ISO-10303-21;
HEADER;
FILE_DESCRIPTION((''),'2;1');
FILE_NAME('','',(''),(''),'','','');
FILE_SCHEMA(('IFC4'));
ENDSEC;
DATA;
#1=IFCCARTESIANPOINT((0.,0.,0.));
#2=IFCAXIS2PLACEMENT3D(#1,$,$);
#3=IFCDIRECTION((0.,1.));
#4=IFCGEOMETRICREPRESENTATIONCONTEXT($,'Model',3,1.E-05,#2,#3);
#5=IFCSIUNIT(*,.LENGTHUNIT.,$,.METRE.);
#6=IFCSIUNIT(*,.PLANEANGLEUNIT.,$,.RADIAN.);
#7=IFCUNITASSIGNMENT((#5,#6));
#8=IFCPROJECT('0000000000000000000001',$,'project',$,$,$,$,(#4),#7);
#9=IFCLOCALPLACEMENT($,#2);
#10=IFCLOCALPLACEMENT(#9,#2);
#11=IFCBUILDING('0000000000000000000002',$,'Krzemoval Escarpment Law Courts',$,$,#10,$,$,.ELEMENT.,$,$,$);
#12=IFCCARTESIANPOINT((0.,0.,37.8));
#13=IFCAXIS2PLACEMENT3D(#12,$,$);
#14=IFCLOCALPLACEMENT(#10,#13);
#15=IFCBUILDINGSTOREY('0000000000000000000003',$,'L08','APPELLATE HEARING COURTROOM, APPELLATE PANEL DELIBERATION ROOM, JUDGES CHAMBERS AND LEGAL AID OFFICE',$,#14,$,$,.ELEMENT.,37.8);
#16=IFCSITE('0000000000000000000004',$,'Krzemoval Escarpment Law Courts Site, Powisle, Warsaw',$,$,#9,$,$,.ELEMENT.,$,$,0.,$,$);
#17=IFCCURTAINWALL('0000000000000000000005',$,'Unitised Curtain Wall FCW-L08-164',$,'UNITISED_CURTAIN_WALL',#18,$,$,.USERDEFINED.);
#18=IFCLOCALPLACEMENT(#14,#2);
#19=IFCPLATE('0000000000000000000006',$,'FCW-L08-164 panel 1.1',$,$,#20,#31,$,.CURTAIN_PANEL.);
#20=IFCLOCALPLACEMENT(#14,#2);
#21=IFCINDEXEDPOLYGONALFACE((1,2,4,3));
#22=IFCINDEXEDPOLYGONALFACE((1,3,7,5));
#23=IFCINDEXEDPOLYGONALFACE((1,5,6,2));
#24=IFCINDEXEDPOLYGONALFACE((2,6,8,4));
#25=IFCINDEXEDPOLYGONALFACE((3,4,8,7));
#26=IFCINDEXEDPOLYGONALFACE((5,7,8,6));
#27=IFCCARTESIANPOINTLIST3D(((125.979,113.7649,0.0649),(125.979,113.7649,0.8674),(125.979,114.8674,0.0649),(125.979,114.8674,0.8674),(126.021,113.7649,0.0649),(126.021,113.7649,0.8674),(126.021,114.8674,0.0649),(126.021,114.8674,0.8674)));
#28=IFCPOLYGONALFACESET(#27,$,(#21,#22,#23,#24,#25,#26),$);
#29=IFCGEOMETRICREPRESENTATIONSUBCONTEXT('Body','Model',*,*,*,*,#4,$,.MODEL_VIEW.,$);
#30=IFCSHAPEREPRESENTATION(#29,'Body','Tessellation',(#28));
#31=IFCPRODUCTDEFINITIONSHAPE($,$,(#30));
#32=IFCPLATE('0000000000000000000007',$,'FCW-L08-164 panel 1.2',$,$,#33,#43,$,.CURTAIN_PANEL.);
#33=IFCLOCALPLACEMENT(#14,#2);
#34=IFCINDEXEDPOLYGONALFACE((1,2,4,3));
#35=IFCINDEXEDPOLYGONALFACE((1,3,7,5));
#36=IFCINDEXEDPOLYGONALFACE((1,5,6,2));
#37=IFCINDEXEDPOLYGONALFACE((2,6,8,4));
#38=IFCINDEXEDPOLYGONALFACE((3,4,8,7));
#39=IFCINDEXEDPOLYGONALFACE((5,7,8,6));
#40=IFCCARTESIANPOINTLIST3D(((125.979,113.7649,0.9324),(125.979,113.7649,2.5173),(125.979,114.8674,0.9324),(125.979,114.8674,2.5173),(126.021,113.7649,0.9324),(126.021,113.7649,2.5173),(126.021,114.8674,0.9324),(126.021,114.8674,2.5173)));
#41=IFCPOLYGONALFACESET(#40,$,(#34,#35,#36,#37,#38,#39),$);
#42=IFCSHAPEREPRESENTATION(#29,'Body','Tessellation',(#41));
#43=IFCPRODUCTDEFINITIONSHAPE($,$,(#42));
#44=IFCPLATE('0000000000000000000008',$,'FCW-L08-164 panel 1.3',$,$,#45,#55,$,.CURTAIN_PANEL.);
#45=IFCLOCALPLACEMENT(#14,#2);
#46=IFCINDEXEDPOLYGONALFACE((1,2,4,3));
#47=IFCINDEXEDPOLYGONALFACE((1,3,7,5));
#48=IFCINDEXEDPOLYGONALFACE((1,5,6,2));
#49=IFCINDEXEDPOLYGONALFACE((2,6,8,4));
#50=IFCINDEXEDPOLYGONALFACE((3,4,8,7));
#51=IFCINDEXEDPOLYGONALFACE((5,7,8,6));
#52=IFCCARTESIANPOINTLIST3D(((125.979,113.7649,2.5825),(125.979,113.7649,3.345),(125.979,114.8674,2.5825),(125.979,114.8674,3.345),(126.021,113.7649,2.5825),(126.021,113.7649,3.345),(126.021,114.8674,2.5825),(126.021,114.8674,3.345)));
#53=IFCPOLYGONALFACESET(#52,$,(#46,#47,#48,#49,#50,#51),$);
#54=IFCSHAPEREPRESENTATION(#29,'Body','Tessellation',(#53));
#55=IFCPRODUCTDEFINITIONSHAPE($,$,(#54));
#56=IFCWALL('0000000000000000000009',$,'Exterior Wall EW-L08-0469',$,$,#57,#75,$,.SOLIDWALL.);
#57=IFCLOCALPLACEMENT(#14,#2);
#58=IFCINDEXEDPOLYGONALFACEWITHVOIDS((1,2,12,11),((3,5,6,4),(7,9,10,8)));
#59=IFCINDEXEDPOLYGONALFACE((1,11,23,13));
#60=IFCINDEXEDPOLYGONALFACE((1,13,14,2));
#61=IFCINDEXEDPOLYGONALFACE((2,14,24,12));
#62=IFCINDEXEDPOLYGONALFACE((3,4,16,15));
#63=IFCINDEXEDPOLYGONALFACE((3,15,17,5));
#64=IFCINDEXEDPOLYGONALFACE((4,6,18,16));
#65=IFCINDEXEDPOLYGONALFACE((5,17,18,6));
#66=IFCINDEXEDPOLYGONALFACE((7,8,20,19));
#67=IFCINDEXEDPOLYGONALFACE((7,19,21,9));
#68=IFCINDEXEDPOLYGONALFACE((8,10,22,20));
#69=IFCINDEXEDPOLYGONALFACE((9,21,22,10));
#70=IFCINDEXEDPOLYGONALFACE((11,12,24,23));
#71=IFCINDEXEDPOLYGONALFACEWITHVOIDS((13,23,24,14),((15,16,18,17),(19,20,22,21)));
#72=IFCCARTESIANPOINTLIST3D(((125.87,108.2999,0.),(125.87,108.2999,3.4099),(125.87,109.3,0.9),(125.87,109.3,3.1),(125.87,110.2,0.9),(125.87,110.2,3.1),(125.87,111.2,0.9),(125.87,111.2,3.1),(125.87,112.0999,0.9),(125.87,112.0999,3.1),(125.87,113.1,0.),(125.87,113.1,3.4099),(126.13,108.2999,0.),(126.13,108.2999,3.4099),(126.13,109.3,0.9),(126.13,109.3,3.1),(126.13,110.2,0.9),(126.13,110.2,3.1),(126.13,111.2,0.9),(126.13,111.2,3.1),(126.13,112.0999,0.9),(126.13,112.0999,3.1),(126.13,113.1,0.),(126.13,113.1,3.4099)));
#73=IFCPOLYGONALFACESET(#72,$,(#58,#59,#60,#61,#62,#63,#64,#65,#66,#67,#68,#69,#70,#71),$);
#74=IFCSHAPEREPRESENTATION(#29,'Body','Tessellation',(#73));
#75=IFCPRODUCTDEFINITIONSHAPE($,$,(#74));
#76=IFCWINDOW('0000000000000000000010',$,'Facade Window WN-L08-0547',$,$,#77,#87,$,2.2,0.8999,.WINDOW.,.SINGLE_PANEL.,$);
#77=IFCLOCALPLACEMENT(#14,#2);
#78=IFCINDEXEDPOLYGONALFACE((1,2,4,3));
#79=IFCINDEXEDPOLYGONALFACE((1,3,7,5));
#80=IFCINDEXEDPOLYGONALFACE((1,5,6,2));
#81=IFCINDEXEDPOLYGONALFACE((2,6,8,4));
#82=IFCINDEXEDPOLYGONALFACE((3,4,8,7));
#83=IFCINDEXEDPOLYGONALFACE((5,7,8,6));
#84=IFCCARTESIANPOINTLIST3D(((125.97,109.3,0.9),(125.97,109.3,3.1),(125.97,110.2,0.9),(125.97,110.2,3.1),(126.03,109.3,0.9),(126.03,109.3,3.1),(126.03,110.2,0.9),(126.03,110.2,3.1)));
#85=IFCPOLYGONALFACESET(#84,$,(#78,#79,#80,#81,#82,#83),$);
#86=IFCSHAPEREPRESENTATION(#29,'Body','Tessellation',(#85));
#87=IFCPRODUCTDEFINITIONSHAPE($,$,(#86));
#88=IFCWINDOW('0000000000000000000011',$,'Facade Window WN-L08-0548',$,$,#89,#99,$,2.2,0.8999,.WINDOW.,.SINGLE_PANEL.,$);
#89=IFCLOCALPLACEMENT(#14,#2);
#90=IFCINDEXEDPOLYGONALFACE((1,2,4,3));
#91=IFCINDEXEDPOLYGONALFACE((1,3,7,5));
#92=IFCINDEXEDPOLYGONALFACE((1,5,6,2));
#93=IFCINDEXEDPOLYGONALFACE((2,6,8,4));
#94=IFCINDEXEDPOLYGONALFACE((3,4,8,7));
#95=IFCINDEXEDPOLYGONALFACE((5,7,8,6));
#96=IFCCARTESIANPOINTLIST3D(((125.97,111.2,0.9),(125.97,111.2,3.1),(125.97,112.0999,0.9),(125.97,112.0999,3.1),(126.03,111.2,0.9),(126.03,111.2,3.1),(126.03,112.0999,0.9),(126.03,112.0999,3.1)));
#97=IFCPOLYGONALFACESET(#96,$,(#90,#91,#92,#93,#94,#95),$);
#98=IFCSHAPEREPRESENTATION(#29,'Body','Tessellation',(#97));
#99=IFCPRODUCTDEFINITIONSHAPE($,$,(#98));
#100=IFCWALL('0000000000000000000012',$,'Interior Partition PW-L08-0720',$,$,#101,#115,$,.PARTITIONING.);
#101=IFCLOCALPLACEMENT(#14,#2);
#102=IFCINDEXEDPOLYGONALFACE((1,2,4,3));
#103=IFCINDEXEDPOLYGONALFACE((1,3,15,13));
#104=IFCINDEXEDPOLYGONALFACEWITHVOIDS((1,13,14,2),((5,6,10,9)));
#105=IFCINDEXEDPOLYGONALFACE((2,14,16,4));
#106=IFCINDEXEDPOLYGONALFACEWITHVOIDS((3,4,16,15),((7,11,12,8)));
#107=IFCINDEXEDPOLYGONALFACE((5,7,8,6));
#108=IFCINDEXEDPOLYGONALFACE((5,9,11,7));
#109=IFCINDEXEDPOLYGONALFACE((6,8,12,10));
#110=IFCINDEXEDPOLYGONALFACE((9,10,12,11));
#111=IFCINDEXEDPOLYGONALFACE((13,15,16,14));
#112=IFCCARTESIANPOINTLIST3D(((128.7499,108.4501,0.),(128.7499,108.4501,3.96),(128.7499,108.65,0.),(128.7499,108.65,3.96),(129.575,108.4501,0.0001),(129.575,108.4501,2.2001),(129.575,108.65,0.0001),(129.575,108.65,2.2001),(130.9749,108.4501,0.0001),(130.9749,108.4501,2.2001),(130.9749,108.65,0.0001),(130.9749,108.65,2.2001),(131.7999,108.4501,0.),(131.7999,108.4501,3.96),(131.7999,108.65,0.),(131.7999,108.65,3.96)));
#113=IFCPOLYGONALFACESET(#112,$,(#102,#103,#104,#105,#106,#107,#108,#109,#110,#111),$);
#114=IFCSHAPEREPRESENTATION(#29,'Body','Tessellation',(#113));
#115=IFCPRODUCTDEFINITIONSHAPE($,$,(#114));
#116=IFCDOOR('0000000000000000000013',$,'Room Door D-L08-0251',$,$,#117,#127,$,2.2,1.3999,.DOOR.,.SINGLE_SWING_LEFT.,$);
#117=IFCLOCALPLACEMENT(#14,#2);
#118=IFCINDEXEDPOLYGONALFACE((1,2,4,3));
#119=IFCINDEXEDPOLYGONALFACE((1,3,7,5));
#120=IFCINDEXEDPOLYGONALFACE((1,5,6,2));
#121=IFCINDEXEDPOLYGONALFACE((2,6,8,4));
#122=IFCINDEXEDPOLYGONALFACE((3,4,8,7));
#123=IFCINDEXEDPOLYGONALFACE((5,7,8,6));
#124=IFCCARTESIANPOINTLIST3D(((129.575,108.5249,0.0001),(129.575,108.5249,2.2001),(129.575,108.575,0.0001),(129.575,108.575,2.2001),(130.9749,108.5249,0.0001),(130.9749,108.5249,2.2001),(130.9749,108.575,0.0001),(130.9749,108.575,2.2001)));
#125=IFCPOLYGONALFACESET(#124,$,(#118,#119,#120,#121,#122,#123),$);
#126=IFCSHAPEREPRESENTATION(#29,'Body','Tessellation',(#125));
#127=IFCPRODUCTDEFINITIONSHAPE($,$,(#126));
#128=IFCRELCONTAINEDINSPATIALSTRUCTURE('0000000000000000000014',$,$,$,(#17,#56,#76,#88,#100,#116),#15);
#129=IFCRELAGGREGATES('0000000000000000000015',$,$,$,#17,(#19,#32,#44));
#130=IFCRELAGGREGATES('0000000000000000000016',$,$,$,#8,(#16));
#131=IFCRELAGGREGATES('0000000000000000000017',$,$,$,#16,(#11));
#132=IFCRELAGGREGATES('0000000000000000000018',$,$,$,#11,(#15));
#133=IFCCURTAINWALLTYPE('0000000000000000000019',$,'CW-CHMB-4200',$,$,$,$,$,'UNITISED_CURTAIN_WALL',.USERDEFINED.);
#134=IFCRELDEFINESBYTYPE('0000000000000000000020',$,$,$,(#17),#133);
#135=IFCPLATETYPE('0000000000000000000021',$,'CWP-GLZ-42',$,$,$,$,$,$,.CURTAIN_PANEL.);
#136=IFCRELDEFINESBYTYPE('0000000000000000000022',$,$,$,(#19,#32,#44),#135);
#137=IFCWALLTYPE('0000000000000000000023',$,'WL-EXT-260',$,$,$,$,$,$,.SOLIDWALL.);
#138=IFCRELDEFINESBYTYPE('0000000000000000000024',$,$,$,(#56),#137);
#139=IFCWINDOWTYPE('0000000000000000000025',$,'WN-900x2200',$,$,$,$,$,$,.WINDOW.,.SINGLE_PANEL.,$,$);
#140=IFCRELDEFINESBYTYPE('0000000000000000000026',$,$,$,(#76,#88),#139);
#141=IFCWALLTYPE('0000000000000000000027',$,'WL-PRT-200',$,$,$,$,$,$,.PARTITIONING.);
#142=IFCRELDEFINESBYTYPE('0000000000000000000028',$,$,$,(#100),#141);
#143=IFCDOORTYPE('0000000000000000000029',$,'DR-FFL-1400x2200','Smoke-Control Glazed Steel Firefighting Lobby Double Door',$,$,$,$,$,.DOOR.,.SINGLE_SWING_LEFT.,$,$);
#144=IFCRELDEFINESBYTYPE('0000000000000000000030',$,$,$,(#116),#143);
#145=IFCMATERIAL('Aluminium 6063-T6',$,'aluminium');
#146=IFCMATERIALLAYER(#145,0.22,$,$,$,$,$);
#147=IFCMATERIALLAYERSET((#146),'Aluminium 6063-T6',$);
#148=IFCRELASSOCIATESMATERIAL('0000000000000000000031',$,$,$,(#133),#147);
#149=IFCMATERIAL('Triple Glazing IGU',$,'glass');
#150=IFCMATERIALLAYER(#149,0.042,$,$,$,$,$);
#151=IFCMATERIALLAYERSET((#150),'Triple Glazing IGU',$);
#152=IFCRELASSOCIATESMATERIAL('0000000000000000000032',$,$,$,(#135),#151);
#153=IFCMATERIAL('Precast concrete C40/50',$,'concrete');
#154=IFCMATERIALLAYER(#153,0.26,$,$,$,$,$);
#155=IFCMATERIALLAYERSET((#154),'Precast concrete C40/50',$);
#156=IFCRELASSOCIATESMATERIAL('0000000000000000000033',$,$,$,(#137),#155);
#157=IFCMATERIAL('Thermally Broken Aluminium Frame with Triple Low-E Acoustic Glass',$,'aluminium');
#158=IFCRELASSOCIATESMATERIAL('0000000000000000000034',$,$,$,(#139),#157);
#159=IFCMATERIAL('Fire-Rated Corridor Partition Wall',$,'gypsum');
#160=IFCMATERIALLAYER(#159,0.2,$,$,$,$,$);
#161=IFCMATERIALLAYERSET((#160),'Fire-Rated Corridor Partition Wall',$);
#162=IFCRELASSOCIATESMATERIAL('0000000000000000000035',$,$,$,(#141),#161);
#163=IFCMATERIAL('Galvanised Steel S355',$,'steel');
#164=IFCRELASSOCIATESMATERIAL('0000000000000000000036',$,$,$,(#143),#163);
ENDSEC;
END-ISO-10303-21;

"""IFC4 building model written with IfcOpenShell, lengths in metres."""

from ifc_helpers import new_model, si_unit, direction, frame, frame_2d, origin, origin_2d, place, context, subcontext, project, spatial, rectangle, extrude, material, layer, layer_set, type_object, element, fill, aggregate, save


model = new_model("IFC4")

# Units and contexts
model_context = context("Model", 3, precision=1e-05, world=origin(), true_north=direction((0.0, 1.0)))
body_context = subcontext(model_context, "Body", "Model", "MODEL_VIEW")
ifc_project = project(units=[si_unit("LENGTHUNIT", "METRE"), si_unit("PLANEANGLEUNIT", "RADIAN")], contexts=[model_context])

# Site, building, storey
site_placement = place(None, origin())
site = spatial("IfcSite", under=ifc_project, at=site_placement, Name="Krzemoval Escarpment Law Courts Site, Powisle, Warsaw", CompositionType="ELEMENT", RefElevation=0.0)
building_placement = place(site_placement, origin())
building = spatial("IfcBuilding", under=site, at=building_placement, Name="Krzemoval Escarpment Law Courts", CompositionType="ELEMENT")
storey_placement = place(building_placement, frame((0.0, 0.0, 37.8)))
storey = spatial("IfcBuildingStorey", under=building, at=storey_placement, Name="L08", Description="APPELLATE HEARING COURTROOM, APPELLATE PANEL DELIBERATION ROOM, JUDGES CHAMBERS AND LEGAL AID OFFICE", CompositionType="ELEMENT", Elevation=37.8)

# Curtain wall
ifc_material_1 = material(Name="Aluminium 6063-T6", Category="aluminium")
ifc_layer_1 = layer(ifc_material_1, 0.22)
ifc_layer_set_1 = layer_set([ifc_layer_1], Name="Aluminium 6063-T6")
curtain_wall_type = type_object("IfcCurtainWallType", Name="CW-CHMB-4200", ElementType="UNITISED_CURTAIN_WALL", PredefinedType="USERDEFINED", material=ifc_layer_set_1)
curtain_wall_1_placement = place(storey_placement, origin())
curtain_wall_1 = element("IfcCurtainWall", 1, at=curtain_wall_1_placement, inside=storey, type_object=curtain_wall_type, Name="Unitised Curtain Wall FCW-L08-164", ObjectType="UNITISED_CURTAIN_WALL", PredefinedType="USERDEFINED")

# Shared definitions
ifc_material_2 = material(Name="Triple Glazing IGU", Category="glass")
ifc_layer_2 = layer(ifc_material_2, 0.042)
ifc_layer_set_2 = layer_set([ifc_layer_2], Name="Triple Glazing IGU")
plate_type = type_object("IfcPlateType", Name="CWP-GLZ-42", PredefinedType="CURTAIN_PANEL", material=ifc_layer_set_2)

# Plates
plate_1_placement = place(storey_placement, frame((126.0, 114.3162, 0.0649), z_axis=(0.0, 0.0, 1.0), x_axis=(0.0, 1.0, 0.0)))
plate_1 = element("IfcPlate", 2, at=plate_1_placement, type_object=plate_type, Name="FCW-L08-164 panel 1.1", PredefinedType="CURTAIN_PANEL", context=body_context, shape_type="SweptSolid", body=[
    extrude(rectangle(XDim=1.1025, YDim=0.042, at=origin_2d()), origin(), (0.0, 0.0, 1.0), 0.8025),
])
plate_2_placement = place(storey_placement, frame((126.0, 114.3162, 0.9324), z_axis=(0.0, 0.0, 1.0), x_axis=(0.0, 1.0, 0.0)))
plate_2 = element("IfcPlate", 3, at=plate_2_placement, type_object=plate_type, Name="FCW-L08-164 panel 1.2", PredefinedType="CURTAIN_PANEL", context=body_context, shape_type="SweptSolid", body=[
    extrude(rectangle(XDim=1.1025, YDim=0.042, at=origin_2d()), origin(), (0.0, 0.0, 1.0), 1.585),
])
plate_3_placement = place(storey_placement, frame((126.0, 114.3162, 2.5825), z_axis=(0.0, 0.0, 1.0), x_axis=(0.0, 1.0, 0.0)))
plate_3 = element("IfcPlate", 4, at=plate_3_placement, type_object=plate_type, Name="FCW-L08-164 panel 1.3", PredefinedType="CURTAIN_PANEL", context=body_context, shape_type="SweptSolid", body=[
    extrude(rectangle(XDim=1.1025, YDim=0.042, at=origin_2d()), origin(), (0.0, 0.0, 1.0), 0.7625),
])
aggregate(curtain_wall_1, [plate_1, plate_2, plate_3])

# Wall, openings, windows
ifc_material_3 = material(Name="Precast concrete C40/50", Category="concrete")
ifc_layer_3 = layer(ifc_material_3, 0.26)
ifc_layer_set_3 = layer_set([ifc_layer_3], Name="Precast concrete C40/50")
wall_type_1 = type_object("IfcWallType", Name="WL-EXT-260", PredefinedType="SOLIDWALL", material=ifc_layer_set_3)
wall_1_placement = place(storey_placement, frame((126.0, 108.3, 0.0), z_axis=(0.0, 0.0, 1.0), x_axis=(0.0, 1.0, 0.0)))
wall_1 = element("IfcWall", 5, at=wall_1_placement, inside=storey, type_object=wall_type_1, Name="Exterior Wall EW-L08-0469", PredefinedType="SOLIDWALL", context=body_context, shape_type="SweptSolid", body=[
    extrude(rectangle(XDim=4.8, YDim=0.26, at=frame_2d((2.3999, 0.0))), origin(), (0.0, 0.0, 1.0), 3.4099),
])
opening_1_placement = place(wall_1_placement, frame((1.0, 0.0, 0.8999)))
opening_1 = element("IfcOpeningElement", 6, at=opening_1_placement, cuts=wall_1, PredefinedType="OPENING", context=body_context, shape_type="SweptSolid", body=[
    extrude(rectangle(XDim=0.8999, YDim=2.2, at=frame_2d((0.45, 1.1001))), frame((0.0, 0.145, 0.0), z_axis=(0.0, -1.0, 0.0), x_axis=(1.0, 0.0, 0.0)), (0.0, 0.0, 1.0), 0.29),
])
opening_2_placement = place(wall_1_placement, frame((2.8999, 0.0, 0.8999)))
opening_2 = element("IfcOpeningElement", 7, at=opening_2_placement, cuts=wall_1, PredefinedType="OPENING", context=body_context, shape_type="SweptSolid", body=[
    extrude(rectangle(XDim=0.8999, YDim=2.2, at=frame_2d((0.45, 1.1001))), frame((0.0, 0.145, 0.0), z_axis=(0.0, -1.0, 0.0), x_axis=(1.0, 0.0, 0.0)), (0.0, 0.0, 1.0), 0.29),
])
ifc_material_4 = material(Name="Thermally Broken Aluminium Frame with Triple Low-E Acoustic Glass", Category="aluminium")
window_type = type_object("IfcWindowType", Name="WN-900x2200", PartitioningType="SINGLE_PANEL", PredefinedType="WINDOW", material=ifc_material_4)
window_1_placement = place(opening_1_placement, origin())
window_1 = element("IfcWindow", 8, at=window_1_placement, inside=storey, type_object=window_type, Name="Facade Window WN-L08-0547", OverallHeight=2.2, OverallWidth=0.8999, PartitioningType="SINGLE_PANEL", PredefinedType="WINDOW", context=body_context, shape_type="SweptSolid", body=[
    extrude(rectangle(XDim=0.8999, YDim=2.2, at=frame_2d((0.45, 1.1001))), frame((0.0, 0.03, 0.0), z_axis=(0.0, -1.0, 0.0), x_axis=(1.0, 0.0, 0.0)), (0.0, 0.0, 1.0), 0.0601),
])
fill(opening_1, window_1)
window_2_placement = place(opening_2_placement, origin())
window_2 = element("IfcWindow", 9, at=window_2_placement, inside=storey, type_object=window_type, Name="Facade Window WN-L08-0548", OverallHeight=2.2, OverallWidth=0.8999, PartitioningType="SINGLE_PANEL", PredefinedType="WINDOW", context=body_context, shape_type="SweptSolid", body=[
    extrude(rectangle(XDim=0.8999, YDim=2.2, at=frame_2d((0.45, 1.1001))), frame((0.0, 0.03, 0.0), z_axis=(0.0, -1.0, 0.0), x_axis=(1.0, 0.0, 0.0)), (0.0, 0.0, 1.0), 0.0601),
])
fill(opening_2, window_2)

# Wall, opening, door
ifc_material_5 = material(Name="Fire-Rated Corridor Partition Wall", Category="gypsum")
ifc_layer_4 = layer(ifc_material_5, 0.2)
ifc_layer_set_4 = layer_set([ifc_layer_4], Name="Fire-Rated Corridor Partition Wall")
wall_type_2 = type_object("IfcWallType", Name="WL-PRT-200", PredefinedType="PARTITIONING", material=ifc_layer_set_4)
wall_2_placement = place(storey_placement, frame((128.75, 108.55, 0.0), z_axis=(0.0, 0.0, 1.0), x_axis=(1.0, 0.0, 0.0)))
wall_2 = element("IfcWall", 10, at=wall_2_placement, inside=storey, type_object=wall_type_2, Name="Interior Partition PW-L08-0720", PredefinedType="PARTITIONING", context=body_context, shape_type="SweptSolid", body=[
    extrude(rectangle(XDim=3.05, YDim=0.2, at=frame_2d((1.5249, 0.0))), origin(), (0.0, 0.0, 1.0), 3.96),
])
opening_3_placement = place(wall_2_placement, frame((0.825, 0.0, 0.0)))
opening_3 = element("IfcOpeningElement", 11, at=opening_3_placement, cuts=wall_2, PredefinedType="OPENING", context=body_context, shape_type="SweptSolid", body=[
    extrude(rectangle(XDim=1.3999, YDim=2.2, at=frame_2d((0.7, 1.1001))), frame((0.0, 0.115, 0.0), z_axis=(0.0, -1.0, 0.0), x_axis=(1.0, 0.0, 0.0)), (0.0, 0.0, 1.0), 0.2299),
])
ifc_material_6 = material(Name="Galvanised Steel S355", Category="steel")
door_type_1 = type_object("IfcDoorType", Name="DR-FFL-1400x2200", Description="Smoke-Control Glazed Steel Firefighting Lobby Double Door", OperationType="SINGLE_SWING_LEFT", PredefinedType="DOOR", material=ifc_material_6)
door_1_placement = place(opening_3_placement, origin())
door_1 = element("IfcDoor", 12, at=door_1_placement, inside=storey, type_object=door_type_1, Name="Room Door D-L08-0251", OperationType="SINGLE_SWING_LEFT", OverallHeight=2.2, OverallWidth=1.3999, PredefinedType="DOOR", context=body_context, shape_type="SweptSolid", body=[
    extrude(rectangle(XDim=1.3999, YDim=2.2, at=frame_2d((0.7, 1.1001))), frame((0.0, 0.0249, 0.0), z_axis=(0.0, -1.0, 0.0), x_axis=(1.0, 0.0, 0.0)), (0.0, 0.0, 1.0), 0.05),
])
fill(opening_3, door_1)

save(model, "model.ifc")
